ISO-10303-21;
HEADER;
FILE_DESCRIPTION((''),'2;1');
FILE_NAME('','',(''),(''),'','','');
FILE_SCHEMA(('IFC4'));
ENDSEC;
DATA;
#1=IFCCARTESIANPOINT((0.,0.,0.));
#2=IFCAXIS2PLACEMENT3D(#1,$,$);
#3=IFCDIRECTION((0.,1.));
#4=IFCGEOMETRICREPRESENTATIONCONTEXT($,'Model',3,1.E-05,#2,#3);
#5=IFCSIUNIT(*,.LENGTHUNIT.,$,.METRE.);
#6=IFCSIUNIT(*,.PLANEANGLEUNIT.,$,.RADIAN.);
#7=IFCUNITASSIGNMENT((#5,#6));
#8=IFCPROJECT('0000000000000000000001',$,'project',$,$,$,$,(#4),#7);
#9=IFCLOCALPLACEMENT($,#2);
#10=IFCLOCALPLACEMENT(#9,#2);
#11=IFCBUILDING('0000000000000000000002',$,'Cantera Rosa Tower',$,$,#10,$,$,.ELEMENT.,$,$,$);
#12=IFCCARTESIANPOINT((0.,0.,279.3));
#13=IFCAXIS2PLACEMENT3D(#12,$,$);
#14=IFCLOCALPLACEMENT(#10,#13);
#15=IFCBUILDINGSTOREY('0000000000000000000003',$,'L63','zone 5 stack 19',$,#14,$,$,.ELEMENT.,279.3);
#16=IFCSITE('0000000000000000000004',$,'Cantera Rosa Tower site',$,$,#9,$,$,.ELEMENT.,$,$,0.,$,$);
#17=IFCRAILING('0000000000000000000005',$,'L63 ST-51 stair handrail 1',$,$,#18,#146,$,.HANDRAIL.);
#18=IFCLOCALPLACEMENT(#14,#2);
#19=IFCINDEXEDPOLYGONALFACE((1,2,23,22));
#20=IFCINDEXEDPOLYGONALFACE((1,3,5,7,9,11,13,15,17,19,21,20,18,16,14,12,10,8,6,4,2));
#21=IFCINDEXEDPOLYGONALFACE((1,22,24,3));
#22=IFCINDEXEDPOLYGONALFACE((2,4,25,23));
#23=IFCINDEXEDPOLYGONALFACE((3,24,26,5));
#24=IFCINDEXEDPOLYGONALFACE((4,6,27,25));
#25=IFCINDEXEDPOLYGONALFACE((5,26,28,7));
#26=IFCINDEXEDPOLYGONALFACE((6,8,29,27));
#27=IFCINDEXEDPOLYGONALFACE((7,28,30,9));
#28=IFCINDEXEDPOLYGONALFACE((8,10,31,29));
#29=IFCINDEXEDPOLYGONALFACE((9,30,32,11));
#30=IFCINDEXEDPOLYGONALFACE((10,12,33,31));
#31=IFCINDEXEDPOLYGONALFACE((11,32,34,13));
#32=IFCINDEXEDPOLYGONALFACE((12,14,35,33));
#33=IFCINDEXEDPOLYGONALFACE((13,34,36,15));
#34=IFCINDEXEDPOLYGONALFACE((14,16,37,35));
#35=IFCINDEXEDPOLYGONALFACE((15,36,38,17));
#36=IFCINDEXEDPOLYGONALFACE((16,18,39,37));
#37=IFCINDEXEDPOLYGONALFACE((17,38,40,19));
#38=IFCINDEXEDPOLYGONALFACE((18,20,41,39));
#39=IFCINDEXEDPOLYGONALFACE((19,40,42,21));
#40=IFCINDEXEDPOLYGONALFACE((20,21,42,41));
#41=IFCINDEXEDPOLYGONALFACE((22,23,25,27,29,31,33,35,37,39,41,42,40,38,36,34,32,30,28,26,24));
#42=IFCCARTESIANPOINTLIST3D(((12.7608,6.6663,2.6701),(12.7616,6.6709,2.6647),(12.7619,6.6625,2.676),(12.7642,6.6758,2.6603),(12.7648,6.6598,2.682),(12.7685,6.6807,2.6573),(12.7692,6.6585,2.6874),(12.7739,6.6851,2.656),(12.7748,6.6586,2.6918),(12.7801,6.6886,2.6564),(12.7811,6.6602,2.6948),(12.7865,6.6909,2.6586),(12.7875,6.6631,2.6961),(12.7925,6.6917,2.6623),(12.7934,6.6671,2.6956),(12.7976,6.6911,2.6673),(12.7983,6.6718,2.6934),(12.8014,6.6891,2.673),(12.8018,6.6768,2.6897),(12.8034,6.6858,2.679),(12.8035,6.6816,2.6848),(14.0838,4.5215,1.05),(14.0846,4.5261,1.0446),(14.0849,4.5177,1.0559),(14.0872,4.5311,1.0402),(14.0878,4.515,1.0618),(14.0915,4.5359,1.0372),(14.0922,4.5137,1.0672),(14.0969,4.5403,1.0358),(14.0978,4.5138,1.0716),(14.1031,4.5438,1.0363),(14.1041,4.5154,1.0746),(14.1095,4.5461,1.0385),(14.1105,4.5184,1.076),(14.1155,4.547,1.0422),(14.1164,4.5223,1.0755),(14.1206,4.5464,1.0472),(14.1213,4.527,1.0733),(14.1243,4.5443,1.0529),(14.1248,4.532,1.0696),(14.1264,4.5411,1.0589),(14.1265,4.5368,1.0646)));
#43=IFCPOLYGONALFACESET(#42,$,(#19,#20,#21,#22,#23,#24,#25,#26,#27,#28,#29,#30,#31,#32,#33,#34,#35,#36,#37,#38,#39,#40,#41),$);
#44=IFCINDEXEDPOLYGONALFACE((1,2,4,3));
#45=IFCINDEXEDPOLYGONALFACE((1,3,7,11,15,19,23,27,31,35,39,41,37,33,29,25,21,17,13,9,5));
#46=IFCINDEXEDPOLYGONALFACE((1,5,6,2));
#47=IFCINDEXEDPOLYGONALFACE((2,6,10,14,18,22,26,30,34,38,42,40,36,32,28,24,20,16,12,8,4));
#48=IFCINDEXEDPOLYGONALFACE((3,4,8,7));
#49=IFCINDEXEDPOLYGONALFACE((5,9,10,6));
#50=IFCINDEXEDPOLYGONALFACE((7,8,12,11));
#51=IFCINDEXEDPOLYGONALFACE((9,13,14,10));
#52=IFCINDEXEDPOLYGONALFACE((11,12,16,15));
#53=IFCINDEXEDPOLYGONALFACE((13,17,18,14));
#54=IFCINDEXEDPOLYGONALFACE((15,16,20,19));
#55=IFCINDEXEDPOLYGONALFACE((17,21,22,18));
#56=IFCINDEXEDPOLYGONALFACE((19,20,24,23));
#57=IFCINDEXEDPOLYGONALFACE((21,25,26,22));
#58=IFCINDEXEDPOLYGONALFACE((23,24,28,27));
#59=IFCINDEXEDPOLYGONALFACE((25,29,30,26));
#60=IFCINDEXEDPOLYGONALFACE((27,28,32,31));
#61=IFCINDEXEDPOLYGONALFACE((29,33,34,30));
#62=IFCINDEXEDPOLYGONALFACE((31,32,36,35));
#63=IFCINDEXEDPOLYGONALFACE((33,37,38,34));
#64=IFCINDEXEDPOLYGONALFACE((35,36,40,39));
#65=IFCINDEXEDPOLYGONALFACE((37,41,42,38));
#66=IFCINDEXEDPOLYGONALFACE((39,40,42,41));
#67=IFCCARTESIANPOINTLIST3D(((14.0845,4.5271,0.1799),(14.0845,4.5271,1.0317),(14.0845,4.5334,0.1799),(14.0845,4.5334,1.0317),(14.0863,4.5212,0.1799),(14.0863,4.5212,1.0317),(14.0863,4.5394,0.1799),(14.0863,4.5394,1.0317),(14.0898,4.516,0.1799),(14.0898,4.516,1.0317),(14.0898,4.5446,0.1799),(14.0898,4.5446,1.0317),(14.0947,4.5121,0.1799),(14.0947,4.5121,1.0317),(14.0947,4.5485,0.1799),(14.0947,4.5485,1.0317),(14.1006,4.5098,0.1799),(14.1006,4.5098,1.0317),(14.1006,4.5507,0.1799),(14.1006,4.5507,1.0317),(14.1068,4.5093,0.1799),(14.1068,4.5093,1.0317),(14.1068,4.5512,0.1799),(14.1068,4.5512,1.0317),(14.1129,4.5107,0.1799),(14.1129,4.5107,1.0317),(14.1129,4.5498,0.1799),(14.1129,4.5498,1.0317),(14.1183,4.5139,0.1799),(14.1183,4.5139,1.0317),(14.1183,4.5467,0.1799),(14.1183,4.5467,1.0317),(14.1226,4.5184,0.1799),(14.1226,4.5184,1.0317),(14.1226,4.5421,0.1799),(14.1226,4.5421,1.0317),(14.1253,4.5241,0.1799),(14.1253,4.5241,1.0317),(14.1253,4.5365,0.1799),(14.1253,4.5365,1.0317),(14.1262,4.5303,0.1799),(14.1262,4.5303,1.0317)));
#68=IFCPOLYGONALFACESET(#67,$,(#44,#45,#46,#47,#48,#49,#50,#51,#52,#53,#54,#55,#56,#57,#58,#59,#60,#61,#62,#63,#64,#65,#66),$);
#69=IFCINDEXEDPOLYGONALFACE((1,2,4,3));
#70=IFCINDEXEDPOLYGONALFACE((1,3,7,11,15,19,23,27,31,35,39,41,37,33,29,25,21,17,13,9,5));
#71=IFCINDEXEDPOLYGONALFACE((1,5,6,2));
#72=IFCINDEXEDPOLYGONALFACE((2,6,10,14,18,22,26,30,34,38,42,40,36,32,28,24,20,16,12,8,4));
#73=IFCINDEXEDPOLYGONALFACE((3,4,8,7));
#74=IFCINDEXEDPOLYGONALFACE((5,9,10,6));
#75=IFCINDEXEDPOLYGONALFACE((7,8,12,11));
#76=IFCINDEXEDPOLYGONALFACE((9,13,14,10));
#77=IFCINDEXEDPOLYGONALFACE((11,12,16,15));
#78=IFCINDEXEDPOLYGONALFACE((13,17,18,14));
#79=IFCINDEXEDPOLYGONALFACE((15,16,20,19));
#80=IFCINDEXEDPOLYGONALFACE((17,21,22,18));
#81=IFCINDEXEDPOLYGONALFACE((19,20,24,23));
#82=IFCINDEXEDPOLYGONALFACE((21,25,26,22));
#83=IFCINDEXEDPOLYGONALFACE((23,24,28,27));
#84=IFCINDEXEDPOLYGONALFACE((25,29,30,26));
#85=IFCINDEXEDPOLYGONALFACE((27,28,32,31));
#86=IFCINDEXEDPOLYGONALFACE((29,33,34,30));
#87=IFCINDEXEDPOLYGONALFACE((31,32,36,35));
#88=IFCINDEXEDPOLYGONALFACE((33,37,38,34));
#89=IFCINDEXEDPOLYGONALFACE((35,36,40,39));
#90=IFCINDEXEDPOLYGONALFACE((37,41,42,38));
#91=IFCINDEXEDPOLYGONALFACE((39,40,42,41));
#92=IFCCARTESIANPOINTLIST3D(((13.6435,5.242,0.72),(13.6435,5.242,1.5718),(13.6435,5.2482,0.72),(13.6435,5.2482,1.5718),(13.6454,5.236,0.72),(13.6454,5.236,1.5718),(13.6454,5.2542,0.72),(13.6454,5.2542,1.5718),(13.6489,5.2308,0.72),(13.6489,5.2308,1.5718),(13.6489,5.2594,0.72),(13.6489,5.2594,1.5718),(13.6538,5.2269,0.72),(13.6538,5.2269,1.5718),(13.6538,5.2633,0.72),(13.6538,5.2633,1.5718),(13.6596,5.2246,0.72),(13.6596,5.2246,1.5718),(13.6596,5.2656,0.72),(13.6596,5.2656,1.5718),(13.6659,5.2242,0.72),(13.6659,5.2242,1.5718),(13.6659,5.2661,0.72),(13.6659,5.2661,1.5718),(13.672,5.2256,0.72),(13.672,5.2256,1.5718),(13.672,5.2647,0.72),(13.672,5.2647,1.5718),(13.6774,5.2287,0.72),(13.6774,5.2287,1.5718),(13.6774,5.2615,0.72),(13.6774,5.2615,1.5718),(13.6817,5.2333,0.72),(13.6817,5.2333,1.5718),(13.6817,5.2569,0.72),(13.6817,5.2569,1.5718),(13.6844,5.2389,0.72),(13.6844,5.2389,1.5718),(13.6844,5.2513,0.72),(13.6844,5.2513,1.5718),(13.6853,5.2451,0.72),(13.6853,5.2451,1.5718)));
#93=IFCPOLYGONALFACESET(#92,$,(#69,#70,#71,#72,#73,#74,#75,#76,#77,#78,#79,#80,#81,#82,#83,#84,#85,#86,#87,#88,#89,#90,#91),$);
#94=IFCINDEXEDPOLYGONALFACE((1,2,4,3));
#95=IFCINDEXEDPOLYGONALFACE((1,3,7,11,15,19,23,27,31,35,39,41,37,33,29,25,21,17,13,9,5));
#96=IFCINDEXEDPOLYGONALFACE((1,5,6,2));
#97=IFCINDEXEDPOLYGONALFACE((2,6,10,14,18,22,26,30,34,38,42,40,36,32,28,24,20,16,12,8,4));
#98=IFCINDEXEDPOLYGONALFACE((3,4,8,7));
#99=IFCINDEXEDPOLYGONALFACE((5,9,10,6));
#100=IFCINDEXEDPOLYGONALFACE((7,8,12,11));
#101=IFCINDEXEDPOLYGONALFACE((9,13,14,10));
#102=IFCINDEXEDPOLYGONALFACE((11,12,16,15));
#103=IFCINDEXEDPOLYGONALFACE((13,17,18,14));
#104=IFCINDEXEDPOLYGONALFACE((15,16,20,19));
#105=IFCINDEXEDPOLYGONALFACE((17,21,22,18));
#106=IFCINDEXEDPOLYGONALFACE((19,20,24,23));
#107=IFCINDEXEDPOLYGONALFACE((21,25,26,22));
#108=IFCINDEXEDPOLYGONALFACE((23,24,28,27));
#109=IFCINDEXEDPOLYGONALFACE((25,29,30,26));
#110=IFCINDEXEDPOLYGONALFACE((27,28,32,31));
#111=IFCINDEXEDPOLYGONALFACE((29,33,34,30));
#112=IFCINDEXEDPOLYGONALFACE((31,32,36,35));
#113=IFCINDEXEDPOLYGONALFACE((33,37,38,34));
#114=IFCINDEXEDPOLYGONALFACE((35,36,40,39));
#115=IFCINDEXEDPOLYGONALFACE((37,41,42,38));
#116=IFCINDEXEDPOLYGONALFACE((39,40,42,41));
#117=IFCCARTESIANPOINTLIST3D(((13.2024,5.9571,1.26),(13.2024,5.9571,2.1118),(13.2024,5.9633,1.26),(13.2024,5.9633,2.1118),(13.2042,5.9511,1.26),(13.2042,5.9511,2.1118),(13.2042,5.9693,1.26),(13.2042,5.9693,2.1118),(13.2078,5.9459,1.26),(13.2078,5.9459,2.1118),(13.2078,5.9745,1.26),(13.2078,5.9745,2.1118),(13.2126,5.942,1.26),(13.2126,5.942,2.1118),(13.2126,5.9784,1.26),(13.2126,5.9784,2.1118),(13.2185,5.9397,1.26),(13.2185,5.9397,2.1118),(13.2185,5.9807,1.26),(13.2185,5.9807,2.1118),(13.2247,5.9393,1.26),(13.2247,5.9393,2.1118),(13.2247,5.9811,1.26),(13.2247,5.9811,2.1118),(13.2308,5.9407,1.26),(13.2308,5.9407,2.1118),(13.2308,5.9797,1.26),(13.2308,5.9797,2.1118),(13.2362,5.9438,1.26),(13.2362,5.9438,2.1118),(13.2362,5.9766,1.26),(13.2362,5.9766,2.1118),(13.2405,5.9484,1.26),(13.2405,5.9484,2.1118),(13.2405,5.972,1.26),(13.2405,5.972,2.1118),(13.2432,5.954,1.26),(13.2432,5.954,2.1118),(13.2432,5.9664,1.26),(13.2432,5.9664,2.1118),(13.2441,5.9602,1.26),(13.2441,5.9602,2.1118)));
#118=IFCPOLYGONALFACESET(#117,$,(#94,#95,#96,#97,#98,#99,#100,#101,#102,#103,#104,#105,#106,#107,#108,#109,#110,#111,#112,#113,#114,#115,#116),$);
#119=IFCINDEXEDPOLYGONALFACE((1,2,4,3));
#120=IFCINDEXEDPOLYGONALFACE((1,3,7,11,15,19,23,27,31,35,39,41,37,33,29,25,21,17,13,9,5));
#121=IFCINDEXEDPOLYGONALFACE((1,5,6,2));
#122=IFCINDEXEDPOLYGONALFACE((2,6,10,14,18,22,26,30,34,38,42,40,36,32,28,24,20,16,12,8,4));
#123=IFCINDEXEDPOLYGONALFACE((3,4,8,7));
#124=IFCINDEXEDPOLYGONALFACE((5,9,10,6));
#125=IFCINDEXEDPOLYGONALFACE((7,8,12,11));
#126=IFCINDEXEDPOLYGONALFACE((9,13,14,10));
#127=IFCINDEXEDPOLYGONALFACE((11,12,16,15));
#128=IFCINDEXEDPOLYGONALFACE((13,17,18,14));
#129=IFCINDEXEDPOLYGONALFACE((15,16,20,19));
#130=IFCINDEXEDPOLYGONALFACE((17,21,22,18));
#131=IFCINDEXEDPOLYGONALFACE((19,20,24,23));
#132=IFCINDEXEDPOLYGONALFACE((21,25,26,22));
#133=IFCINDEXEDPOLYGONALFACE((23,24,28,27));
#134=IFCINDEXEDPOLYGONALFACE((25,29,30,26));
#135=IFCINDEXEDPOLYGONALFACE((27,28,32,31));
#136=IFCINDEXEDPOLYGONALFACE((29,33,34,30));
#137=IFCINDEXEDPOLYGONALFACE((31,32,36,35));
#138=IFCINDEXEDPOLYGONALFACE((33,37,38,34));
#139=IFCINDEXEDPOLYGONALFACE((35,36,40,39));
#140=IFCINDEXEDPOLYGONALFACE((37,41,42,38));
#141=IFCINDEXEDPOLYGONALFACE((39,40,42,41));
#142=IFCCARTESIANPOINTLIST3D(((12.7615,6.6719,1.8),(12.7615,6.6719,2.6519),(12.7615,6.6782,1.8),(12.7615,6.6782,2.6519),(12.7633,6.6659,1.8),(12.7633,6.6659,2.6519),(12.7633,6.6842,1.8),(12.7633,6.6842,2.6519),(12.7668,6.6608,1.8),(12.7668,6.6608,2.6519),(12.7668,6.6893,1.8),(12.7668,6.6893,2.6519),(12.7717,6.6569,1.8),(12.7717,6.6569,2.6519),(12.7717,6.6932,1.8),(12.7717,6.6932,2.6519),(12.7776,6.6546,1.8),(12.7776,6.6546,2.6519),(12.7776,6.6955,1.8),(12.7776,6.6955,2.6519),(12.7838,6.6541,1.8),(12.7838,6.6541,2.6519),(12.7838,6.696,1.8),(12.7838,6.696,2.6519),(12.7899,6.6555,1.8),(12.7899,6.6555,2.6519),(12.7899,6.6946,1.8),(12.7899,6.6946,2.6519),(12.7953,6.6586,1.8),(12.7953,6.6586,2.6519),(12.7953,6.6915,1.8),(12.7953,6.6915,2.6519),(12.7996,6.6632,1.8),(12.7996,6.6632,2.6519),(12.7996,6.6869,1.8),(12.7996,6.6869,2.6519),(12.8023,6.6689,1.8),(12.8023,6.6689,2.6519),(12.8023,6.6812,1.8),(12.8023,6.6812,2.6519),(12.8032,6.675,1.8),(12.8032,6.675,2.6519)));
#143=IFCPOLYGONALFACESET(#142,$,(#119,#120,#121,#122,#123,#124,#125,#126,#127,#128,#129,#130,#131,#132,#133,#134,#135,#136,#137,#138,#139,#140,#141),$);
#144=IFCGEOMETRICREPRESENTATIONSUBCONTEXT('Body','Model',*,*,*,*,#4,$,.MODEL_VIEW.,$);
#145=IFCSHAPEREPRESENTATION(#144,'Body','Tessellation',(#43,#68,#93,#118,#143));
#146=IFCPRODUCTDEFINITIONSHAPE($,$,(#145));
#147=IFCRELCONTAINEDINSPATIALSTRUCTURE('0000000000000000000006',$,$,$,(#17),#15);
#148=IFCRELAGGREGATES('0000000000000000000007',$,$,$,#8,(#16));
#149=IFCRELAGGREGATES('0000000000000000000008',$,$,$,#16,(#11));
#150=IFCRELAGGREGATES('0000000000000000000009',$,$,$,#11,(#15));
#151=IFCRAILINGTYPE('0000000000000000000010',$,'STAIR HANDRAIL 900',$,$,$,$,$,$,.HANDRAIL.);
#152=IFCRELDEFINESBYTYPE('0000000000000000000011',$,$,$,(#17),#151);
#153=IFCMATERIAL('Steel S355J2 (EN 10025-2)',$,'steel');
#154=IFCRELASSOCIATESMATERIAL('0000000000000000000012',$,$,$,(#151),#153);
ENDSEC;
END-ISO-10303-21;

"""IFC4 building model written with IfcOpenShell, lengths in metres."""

from ifc_helpers import new_model, si_unit, direction, frame, origin, origin_2d, place, context, subcontext, project, spatial, circle, extrude, material, type_object, element, save


model = new_model("IFC4")

# Units and contexts
model_context = context("Model", 3, precision=1e-05, world=origin(), true_north=direction((0.0, 1.0)))
body_context = subcontext(model_context, "Body", "Model", "MODEL_VIEW")
ifc_project = project(units=[si_unit("LENGTHUNIT", "METRE"), si_unit("PLANEANGLEUNIT", "RADIAN")], contexts=[model_context])

# Site, building, storey
site_placement = place(None, origin())
site = spatial("IfcSite", under=ifc_project, at=site_placement, Name="Cantera Rosa Tower site", CompositionType="ELEMENT", RefElevation=0.0)
building_placement = place(site_placement, origin())
building = spatial("IfcBuilding", under=site, at=building_placement, Name="Cantera Rosa Tower", CompositionType="ELEMENT")
storey_placement = place(building_placement, frame((0.0, 0.0, 279.3)))
storey = spatial("IfcBuildingStorey", under=building, at=storey_placement, Name="L63", Description="zone 5 stack 19", CompositionType="ELEMENT", Elevation=279.3)

# Railing
ifc_material_1 = material(Name="Steel S355J2 (EN 10025-2)", Category="steel")
railing_type_1 = type_object("IfcRailingType", Name="STAIR HANDRAIL 900", PredefinedType="HANDRAIL", material=ifc_material_1)
railing_1_placement = place(storey_placement, frame((14.1052, 4.5303, 0.1799)))
element("IfcRailing", 1, at=railing_1_placement, inside=storey, type_object=railing_type_1, Name="L63 ST-51 stair handrail 1", PredefinedType="HANDRAIL", context=body_context, shape_type="SweptSolid", body=[
    extrude(circle(Radius=0.0239, at=origin_2d()), frame((0.0, 0.0, 0.876), z_axis=(-0.441609, 0.715914, 0.540786), x_axis=(-0.851102, -0.525, 0.0)), (0.0, 0.0, 1.0), 2.9958),
    extrude(circle(Radius=0.021, at=origin_2d()), origin(), (0.0, 0.0, 1.0), 0.8518),
    extrude(circle(Radius=0.021, at=origin_2d()), frame((-0.4409, 0.7148, 0.54)), (0.0, 0.0, 1.0), 0.8518),
    extrude(circle(Radius=0.021, at=origin_2d()), frame((-0.8821, 1.4299, 1.0801)), (0.0, 0.0, 1.0), 0.8518),
    extrude(circle(Radius=0.021, at=origin_2d()), frame((-1.323, 2.1448, 1.6201)), (0.0, 0.0, 1.0), 0.8518),
])

save(model, "model.ifc")
